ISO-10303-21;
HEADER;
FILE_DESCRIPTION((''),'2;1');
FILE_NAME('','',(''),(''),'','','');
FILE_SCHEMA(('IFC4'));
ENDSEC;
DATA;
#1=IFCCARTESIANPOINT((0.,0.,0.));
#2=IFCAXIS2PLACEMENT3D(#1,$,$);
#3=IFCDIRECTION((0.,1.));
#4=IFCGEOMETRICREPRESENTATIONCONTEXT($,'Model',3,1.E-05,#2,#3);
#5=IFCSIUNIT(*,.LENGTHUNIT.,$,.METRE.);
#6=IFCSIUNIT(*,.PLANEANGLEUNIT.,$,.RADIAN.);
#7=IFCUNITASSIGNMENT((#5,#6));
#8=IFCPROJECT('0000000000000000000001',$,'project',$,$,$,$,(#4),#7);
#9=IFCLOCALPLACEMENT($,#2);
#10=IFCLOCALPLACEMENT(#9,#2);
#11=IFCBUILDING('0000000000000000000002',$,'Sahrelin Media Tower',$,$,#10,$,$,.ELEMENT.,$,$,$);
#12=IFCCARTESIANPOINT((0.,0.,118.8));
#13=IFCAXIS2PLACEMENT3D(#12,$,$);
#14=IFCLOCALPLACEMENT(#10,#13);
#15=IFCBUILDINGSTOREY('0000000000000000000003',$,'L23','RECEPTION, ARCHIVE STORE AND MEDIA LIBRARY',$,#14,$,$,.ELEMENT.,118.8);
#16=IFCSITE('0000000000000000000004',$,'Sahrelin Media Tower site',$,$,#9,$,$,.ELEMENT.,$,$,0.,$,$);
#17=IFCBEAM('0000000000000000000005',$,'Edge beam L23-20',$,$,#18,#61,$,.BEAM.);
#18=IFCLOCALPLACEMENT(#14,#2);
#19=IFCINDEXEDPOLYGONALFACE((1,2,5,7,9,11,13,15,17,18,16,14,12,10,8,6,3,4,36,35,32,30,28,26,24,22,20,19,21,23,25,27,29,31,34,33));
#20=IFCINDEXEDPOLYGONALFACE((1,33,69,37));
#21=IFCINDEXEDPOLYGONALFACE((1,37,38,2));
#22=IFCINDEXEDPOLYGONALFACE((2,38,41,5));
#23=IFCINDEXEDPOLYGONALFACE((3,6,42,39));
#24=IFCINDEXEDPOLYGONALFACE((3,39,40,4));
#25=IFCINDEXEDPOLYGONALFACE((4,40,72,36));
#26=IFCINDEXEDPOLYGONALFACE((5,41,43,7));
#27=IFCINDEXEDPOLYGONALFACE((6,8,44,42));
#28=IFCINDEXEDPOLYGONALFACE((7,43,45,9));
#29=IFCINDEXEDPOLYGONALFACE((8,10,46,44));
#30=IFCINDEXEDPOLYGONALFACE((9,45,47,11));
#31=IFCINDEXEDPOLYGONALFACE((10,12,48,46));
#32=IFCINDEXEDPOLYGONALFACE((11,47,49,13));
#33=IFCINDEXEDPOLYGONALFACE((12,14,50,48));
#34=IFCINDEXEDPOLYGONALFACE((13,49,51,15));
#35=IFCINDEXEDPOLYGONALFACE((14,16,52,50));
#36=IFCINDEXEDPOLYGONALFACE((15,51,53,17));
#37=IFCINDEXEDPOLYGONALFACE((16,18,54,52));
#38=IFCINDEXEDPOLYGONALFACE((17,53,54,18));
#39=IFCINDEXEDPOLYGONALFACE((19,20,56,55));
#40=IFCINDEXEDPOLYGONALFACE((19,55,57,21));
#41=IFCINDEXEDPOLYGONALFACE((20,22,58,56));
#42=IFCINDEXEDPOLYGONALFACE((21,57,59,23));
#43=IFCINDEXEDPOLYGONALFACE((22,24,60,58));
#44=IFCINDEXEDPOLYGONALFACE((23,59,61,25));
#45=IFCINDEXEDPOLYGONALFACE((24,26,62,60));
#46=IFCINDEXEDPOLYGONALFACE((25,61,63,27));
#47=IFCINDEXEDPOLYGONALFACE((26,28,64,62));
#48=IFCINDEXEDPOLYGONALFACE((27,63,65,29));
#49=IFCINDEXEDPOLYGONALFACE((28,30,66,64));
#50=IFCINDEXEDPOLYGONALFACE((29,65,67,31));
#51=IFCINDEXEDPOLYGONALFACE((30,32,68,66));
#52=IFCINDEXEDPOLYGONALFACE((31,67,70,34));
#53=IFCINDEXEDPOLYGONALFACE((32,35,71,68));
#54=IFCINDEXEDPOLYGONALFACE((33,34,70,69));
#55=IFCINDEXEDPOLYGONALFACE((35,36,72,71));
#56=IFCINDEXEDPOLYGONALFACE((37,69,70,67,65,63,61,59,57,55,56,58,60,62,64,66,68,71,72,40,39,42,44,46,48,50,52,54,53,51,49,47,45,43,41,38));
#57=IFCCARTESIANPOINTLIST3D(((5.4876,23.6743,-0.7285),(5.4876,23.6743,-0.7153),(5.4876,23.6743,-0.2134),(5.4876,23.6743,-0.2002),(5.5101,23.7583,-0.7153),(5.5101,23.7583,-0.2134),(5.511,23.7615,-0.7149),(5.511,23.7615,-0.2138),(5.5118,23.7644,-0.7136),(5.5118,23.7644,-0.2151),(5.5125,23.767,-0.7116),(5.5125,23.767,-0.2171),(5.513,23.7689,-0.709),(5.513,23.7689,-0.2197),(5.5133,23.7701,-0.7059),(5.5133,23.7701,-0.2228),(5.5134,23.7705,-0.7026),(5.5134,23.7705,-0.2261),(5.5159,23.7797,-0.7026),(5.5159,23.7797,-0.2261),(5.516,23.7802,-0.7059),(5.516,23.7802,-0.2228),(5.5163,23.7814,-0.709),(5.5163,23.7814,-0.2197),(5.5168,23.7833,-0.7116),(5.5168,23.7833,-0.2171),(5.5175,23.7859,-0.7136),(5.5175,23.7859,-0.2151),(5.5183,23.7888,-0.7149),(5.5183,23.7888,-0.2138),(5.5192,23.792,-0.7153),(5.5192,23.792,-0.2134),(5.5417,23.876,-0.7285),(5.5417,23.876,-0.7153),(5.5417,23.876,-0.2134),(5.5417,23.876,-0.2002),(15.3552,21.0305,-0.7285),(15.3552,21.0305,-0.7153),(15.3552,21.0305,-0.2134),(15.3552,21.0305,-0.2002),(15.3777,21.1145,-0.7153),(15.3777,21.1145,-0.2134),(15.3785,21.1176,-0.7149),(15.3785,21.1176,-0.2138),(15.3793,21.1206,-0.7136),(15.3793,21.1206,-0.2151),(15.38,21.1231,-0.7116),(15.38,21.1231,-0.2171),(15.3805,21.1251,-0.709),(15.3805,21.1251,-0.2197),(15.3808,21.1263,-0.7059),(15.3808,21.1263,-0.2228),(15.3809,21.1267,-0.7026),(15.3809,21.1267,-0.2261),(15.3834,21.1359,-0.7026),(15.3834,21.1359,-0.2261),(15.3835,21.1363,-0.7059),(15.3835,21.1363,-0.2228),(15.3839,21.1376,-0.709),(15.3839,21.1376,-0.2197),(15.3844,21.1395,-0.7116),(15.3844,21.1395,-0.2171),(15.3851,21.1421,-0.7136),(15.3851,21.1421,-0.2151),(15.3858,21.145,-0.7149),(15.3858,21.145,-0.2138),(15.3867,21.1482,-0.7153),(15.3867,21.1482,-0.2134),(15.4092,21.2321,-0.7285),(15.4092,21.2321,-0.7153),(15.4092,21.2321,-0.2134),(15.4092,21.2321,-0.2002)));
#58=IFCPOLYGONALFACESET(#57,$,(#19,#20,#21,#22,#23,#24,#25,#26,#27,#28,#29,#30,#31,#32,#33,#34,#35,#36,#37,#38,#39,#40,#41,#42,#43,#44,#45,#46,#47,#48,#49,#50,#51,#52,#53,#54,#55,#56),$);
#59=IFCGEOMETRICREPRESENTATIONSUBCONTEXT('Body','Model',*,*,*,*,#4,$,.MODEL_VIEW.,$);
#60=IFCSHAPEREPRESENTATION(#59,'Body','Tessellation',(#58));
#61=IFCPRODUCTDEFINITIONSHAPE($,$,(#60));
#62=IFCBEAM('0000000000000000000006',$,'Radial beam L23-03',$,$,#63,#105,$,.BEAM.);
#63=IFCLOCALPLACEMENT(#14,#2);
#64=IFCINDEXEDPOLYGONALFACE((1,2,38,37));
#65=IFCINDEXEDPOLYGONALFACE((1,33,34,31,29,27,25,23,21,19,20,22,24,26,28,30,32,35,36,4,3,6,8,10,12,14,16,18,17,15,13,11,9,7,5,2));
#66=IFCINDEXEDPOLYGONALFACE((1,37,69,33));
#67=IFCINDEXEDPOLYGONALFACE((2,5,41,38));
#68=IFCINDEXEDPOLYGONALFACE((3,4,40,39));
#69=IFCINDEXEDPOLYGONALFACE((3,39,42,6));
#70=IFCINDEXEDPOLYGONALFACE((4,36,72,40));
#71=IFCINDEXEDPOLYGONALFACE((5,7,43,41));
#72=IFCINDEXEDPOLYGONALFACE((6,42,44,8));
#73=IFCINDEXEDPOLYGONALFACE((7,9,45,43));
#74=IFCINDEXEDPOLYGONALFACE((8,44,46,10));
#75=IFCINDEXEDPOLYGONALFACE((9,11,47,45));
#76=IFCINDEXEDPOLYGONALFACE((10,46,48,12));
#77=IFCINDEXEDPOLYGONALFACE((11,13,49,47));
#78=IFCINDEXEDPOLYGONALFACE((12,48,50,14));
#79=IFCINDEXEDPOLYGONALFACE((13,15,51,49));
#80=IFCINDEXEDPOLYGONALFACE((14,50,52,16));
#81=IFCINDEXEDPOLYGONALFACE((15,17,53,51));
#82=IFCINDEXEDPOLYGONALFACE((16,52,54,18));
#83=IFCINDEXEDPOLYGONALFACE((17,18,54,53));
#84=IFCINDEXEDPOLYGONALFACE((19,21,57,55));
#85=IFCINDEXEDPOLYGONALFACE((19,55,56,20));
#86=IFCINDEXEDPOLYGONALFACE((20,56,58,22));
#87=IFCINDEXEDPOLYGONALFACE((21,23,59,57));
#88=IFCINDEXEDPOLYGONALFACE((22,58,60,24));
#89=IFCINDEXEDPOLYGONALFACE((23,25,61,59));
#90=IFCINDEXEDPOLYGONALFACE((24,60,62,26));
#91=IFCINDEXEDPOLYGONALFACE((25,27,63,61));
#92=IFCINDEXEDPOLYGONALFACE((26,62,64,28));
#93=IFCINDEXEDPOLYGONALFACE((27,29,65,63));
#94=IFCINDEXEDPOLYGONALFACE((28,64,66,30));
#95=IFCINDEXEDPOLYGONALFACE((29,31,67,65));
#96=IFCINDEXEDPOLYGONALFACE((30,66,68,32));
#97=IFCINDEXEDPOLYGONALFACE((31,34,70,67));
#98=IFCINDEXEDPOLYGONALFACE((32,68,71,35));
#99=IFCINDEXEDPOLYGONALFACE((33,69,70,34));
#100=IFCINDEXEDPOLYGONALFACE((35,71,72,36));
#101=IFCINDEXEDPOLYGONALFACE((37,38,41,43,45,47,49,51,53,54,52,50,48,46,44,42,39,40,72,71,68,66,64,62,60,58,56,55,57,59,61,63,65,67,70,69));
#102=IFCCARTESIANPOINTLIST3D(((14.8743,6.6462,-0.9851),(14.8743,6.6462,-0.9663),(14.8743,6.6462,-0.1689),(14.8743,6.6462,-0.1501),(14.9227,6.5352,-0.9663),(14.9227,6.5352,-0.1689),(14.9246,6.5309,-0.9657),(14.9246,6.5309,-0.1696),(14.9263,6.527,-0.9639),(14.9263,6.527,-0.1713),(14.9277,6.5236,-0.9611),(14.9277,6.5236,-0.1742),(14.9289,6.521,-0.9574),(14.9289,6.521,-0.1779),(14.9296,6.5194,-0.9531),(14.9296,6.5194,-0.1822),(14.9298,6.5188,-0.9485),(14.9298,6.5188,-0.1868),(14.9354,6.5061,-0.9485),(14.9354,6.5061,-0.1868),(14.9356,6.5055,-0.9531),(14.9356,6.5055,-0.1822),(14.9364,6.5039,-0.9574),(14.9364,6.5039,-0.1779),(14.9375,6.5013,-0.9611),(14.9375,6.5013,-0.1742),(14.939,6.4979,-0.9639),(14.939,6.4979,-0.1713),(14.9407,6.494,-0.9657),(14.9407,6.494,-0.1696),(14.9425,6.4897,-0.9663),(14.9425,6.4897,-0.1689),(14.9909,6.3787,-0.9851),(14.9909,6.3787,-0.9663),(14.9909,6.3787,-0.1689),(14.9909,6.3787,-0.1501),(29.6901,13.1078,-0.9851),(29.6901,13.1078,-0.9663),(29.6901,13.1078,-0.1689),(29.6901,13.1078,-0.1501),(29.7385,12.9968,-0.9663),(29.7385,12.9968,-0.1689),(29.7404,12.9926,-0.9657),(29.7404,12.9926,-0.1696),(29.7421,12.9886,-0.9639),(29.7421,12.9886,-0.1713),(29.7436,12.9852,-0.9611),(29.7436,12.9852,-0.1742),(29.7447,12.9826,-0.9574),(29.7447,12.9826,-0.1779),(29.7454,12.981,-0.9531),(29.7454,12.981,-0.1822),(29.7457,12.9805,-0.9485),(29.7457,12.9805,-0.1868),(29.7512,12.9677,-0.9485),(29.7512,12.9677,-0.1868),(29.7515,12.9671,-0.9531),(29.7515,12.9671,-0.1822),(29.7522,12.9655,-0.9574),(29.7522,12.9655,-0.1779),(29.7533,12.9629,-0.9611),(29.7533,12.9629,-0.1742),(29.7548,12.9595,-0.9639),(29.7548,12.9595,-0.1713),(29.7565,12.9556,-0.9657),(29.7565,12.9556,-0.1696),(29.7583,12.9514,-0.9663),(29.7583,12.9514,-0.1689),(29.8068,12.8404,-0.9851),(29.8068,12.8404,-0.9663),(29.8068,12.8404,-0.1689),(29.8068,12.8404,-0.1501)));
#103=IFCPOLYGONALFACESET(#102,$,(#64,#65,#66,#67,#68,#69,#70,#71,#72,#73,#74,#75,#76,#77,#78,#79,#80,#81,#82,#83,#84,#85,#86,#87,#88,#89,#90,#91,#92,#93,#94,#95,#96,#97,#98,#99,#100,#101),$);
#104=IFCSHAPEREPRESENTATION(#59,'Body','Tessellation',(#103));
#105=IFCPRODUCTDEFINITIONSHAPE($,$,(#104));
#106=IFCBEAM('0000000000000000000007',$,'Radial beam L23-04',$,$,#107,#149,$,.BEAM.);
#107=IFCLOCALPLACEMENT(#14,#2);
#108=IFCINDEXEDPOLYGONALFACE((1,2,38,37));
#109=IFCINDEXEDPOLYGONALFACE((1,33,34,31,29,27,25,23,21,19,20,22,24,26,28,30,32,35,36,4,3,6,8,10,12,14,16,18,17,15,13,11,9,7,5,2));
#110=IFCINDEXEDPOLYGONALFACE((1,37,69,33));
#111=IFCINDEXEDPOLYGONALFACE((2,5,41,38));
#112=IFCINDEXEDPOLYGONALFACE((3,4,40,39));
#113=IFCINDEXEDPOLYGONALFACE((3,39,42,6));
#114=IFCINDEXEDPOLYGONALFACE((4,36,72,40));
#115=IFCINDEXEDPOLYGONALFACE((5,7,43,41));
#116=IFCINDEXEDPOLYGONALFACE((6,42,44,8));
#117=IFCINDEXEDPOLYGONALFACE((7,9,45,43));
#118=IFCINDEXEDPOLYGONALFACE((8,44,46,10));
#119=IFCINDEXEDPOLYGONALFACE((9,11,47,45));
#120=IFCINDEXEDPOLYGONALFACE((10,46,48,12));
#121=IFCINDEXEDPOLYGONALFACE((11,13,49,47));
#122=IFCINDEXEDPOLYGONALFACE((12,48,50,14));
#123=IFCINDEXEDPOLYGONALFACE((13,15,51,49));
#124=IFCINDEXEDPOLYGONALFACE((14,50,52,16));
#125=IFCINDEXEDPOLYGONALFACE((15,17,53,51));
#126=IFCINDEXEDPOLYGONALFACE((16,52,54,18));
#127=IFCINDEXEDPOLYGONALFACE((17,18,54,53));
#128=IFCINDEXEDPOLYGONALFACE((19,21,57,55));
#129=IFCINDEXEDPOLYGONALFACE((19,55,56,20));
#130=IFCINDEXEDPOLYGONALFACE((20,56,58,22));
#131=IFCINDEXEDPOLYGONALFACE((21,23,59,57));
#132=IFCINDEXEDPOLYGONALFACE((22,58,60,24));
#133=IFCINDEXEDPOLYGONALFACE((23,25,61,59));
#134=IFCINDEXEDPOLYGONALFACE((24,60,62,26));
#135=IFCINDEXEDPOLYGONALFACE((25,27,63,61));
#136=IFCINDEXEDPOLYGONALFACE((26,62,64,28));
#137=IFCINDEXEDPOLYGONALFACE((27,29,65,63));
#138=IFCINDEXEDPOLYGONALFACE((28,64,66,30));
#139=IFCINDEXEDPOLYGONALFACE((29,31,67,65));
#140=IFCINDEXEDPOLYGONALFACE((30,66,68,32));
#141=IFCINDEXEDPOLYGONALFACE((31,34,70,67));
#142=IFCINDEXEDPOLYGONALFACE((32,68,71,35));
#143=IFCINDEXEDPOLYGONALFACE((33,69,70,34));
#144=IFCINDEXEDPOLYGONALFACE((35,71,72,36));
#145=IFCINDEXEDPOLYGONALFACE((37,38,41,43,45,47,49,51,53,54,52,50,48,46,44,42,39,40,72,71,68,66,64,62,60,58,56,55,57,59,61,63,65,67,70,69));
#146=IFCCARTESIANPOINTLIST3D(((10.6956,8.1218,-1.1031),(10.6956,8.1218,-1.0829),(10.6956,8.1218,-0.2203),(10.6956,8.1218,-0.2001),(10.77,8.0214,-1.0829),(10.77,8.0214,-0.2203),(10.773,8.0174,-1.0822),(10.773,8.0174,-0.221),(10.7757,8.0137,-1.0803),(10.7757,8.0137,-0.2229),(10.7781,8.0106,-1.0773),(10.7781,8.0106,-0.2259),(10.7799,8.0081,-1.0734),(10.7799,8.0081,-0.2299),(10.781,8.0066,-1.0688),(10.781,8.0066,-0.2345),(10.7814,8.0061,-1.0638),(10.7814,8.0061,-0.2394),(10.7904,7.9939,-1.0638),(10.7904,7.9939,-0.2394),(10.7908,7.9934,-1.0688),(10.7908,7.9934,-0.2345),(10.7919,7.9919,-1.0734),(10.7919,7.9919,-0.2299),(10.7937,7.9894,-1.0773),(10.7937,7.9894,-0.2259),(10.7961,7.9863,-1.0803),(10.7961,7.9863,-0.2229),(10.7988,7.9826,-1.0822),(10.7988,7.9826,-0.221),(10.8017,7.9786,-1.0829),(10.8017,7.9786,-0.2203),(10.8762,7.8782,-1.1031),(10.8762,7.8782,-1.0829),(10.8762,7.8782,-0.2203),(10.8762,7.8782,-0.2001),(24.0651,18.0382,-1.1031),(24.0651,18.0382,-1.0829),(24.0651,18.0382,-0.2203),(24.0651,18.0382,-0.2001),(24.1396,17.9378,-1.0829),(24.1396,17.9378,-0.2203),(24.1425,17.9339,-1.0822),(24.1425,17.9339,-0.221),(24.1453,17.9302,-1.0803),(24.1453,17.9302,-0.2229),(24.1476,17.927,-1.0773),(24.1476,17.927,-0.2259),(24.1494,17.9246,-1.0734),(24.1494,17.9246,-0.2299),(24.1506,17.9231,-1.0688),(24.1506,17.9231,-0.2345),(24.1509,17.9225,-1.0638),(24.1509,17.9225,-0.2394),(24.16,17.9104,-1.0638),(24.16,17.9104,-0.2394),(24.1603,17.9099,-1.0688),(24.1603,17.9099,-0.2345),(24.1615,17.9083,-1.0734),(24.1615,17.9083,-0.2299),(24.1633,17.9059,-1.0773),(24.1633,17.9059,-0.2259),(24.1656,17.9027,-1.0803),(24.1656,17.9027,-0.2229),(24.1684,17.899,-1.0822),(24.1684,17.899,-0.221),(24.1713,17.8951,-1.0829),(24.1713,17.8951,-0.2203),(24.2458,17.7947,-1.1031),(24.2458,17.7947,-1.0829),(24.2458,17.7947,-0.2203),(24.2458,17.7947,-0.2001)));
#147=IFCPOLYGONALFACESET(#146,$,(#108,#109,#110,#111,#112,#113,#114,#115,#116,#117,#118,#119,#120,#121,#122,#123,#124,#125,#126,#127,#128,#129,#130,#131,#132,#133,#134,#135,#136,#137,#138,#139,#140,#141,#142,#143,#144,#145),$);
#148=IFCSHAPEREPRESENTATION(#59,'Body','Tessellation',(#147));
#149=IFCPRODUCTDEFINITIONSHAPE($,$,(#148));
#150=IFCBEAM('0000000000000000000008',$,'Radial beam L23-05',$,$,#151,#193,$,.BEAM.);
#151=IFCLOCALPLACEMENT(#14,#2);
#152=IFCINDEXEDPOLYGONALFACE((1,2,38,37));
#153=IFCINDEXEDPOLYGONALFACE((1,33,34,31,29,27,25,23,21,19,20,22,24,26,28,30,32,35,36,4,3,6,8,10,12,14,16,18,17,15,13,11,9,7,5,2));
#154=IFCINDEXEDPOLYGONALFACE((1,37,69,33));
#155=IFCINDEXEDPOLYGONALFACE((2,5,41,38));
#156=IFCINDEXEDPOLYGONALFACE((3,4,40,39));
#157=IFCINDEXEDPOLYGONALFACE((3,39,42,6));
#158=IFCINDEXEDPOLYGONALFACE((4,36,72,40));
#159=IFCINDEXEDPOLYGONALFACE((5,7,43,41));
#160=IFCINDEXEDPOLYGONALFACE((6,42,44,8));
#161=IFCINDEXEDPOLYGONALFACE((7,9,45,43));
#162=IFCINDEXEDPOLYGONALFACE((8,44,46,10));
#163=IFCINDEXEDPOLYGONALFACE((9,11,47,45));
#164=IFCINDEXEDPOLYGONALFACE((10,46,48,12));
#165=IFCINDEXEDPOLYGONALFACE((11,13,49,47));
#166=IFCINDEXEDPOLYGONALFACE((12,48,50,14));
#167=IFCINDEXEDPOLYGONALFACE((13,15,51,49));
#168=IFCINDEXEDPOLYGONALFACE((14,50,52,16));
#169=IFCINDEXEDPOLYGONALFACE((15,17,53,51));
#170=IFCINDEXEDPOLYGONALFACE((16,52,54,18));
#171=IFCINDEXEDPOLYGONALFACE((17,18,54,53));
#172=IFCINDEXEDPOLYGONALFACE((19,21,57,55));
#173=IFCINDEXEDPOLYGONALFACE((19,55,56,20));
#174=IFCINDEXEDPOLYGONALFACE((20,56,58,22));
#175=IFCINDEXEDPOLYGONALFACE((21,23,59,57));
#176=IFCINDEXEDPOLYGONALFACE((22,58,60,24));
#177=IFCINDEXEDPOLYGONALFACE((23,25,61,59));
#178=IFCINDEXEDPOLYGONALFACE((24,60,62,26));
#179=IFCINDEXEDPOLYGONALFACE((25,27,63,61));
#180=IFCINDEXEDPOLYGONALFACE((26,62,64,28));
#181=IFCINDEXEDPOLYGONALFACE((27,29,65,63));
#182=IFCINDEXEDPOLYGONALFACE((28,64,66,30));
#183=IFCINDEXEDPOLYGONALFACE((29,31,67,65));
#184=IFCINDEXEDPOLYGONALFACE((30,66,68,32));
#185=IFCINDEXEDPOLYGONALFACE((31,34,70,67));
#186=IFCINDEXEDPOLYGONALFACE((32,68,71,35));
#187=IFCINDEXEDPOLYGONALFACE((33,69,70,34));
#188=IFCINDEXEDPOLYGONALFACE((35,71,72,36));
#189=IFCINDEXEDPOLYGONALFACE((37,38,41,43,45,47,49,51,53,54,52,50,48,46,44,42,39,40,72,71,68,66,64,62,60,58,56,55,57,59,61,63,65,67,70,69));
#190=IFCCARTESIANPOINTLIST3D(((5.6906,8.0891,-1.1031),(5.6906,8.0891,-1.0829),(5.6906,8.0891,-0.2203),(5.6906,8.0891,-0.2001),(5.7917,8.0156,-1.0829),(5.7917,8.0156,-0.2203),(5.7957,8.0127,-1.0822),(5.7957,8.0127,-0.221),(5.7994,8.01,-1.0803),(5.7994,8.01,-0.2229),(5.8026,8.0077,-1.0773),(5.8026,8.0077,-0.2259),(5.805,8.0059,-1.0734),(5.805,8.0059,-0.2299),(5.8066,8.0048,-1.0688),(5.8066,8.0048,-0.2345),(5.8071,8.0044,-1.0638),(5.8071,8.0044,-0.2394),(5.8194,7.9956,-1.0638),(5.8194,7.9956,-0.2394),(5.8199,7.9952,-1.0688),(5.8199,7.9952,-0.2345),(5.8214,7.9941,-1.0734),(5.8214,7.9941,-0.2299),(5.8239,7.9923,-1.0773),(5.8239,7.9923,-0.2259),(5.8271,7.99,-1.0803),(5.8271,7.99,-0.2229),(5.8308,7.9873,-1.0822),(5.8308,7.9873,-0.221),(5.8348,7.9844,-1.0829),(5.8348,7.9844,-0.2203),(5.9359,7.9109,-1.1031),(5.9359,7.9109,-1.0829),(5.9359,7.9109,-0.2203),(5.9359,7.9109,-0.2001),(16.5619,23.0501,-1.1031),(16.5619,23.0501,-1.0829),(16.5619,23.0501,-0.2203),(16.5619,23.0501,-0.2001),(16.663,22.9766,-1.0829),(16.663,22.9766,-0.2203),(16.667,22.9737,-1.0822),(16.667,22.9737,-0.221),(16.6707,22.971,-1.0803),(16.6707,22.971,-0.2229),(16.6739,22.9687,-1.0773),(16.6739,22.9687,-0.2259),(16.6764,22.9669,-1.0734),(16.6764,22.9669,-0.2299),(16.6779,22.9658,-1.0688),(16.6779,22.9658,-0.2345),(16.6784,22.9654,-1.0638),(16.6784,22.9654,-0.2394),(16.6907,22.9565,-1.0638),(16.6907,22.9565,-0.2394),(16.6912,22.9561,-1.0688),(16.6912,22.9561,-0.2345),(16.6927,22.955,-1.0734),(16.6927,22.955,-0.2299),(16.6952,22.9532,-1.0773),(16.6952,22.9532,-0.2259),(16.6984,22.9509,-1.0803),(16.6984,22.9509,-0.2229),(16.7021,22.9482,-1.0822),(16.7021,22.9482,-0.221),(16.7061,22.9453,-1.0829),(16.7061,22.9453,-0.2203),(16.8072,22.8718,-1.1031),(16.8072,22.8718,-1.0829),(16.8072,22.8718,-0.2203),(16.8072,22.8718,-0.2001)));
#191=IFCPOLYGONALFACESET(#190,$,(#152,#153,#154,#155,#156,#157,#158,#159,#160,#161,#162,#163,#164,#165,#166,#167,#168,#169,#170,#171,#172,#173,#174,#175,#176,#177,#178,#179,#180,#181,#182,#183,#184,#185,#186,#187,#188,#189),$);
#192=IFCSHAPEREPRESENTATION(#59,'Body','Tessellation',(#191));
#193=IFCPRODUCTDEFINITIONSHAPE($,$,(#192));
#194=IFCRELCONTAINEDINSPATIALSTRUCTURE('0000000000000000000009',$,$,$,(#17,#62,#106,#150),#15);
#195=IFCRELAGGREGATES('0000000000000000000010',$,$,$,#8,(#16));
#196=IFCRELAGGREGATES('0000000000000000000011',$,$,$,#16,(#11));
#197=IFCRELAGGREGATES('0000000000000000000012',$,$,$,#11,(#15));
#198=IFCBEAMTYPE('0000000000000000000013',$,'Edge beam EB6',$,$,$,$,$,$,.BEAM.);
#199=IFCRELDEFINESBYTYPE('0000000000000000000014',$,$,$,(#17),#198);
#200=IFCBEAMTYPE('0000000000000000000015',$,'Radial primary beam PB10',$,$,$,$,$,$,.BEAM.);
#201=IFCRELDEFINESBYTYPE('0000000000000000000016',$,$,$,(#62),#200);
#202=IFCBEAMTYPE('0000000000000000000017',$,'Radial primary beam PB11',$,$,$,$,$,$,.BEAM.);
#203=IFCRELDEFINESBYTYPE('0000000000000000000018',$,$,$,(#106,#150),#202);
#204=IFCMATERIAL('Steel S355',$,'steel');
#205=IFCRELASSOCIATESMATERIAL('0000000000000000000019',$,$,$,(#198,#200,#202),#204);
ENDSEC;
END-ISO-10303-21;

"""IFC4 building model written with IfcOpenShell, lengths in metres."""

from ifc_helpers import new_model, si_unit, direction, frame, origin, origin_2d, place, context, subcontext, project, spatial, i_section, extrude, material, material_profile, profile_set, type_object, element, save


model = new_model("IFC4")

# Units and contexts
model_context = context("Model", 3, precision=1e-05, world=origin(), true_north=direction((0.0, 1.0)))
body_context = subcontext(model_context, "Body", "Model", "MODEL_VIEW")
ifc_project = project(units=[si_unit("LENGTHUNIT", "METRE"), si_unit("PLANEANGLEUNIT", "RADIAN")], contexts=[model_context])

# Site, building, storey
site_placement = place(None, origin())
site = spatial("IfcSite", under=ifc_project, at=site_placement, Name="Sahrelin Media Tower site", CompositionType="ELEMENT", RefElevation=0.0)
building_placement = place(site_placement, origin())
building = spatial("IfcBuilding", under=site, at=building_placement, Name="Sahrelin Media Tower", CompositionType="ELEMENT")
storey_placement = place(building_placement, frame((0.0, 0.0, 118.8)))
storey = spatial("IfcBuildingStorey", under=building, at=storey_placement, Name="L23", Description="RECEPTION, ARCHIVE STORE AND MEDIA LIBRARY", CompositionType="ELEMENT", Elevation=118.8)

# Beams
ifc_material_1 = material(Name="Steel S355", Category="steel")
ifc_material_profile_1 = material_profile(ifc_material_1, i_section(OverallWidth=0.2087, OverallDepth=0.5283, WebThickness=0.0095, FlangeThickness=0.0132, FilletRadius=0.0127, at=origin_2d()), Name="UB 533x210x82")
ifc_profile_set_1 = profile_set([ifc_material_profile_1], Name="Steel S355")
beam_type_1 = type_object("IfcBeamType", Name="Edge beam EB6", PredefinedType="BEAM", material=ifc_profile_set_1)
beam_1_placement = place(storey_placement, frame((5.5146, 23.7751, -0.4644), z_axis=(0.96593, -0.258803, 0.0), x_axis=(0.258803, 0.96593, 0.0)))
element("IfcBeam", 1, at=beam_1_placement, inside=storey, type_object=beam_type_1, Name="Edge beam L23-20", PredefinedType="BEAM", context=body_context, shape_type="SweptSolid", body=[
    extrude(i_section(OverallWidth=0.2087, OverallDepth=0.5283, WebThickness=0.0095, FlangeThickness=0.0132, FilletRadius=0.0127, at=origin_2d()), origin(), (0.0, 0.0, 1.0), 10.2156),
])
ifc_material_profile_2 = material_profile(ifc_material_1, i_section(OverallWidth=0.2917, OverallDepth=0.835, WebThickness=0.0139, FlangeThickness=0.0188, FilletRadius=0.0178, at=origin_2d()), Name="UB 838x292x176")
ifc_profile_set_2 = profile_set([ifc_material_profile_2], Name="Steel S355")
beam_type_2 = type_object("IfcBeamType", Name="Radial primary beam PB10", PredefinedType="BEAM", material=ifc_profile_set_2)
beam_2_placement = place(storey_placement, frame((14.9326, 6.5125, -0.5676), z_axis=(0.916618, 0.399765, 0.0), x_axis=(-0.399765, 0.916618, 0.0)))
element("IfcBeam", 2, at=beam_2_placement, inside=storey, type_object=beam_type_2, Name="Radial beam L23-03", PredefinedType="BEAM", context=body_context, shape_type="SweptSolid", body=[
    extrude(i_section(OverallWidth=0.2917, OverallDepth=0.835, WebThickness=0.0139, FlangeThickness=0.0188, FilletRadius=0.0178, at=origin_2d()), origin(), (0.0, 0.0, 1.0), 16.1636),
])
ifc_material_profile_3 = material_profile(ifc_material_1, i_section(OverallWidth=0.3032, OverallDepth=0.9031, WebThickness=0.0151, FlangeThickness=0.0203, FilletRadius=0.019, at=origin_2d()), Name="UB 914x305x201")
ifc_profile_set_3 = profile_set([ifc_material_profile_3], Name="Steel S355")
beam_type_3 = type_object("IfcBeamType", Name="Radial primary beam PB11", PredefinedType="BEAM", material=ifc_profile_set_3)
beam_3_placement = place(storey_placement, frame((10.7859, 8.0, -0.6516), z_axis=(0.803181, 0.595735, 0.0), x_axis=(-0.595735, 0.803181, 0.0)))
element("IfcBeam", 3, at=beam_3_placement, inside=storey, type_object=beam_type_3, Name="Radial beam L23-04", PredefinedType="BEAM", context=body_context, shape_type="SweptSolid", body=[
    extrude(i_section(OverallWidth=0.3032, OverallDepth=0.9031, WebThickness=0.0151, FlangeThickness=0.0203, FilletRadius=0.019, at=origin_2d()), origin(), (0.0, 0.0, 1.0), 16.6458),
])
beam_4_placement = place(storey_placement, frame((5.8132, 8.0, -0.6516), z_axis=(0.587841, 0.808976, 0.0), x_axis=(-0.808976, 0.587841, 0.0)))
element("IfcBeam", 4, at=beam_4_placement, inside=storey, type_object=beam_type_3, Name="Radial beam L23-05", PredefinedType="BEAM", context=body_context, shape_type="SweptSolid", body=[
    extrude(i_section(OverallWidth=0.3032, OverallDepth=0.9031, WebThickness=0.0151, FlangeThickness=0.0203, FilletRadius=0.019, at=origin_2d()), origin(), (0.0, 0.0, 1.0), 18.4937),
])

save(model, "model.ifc")
